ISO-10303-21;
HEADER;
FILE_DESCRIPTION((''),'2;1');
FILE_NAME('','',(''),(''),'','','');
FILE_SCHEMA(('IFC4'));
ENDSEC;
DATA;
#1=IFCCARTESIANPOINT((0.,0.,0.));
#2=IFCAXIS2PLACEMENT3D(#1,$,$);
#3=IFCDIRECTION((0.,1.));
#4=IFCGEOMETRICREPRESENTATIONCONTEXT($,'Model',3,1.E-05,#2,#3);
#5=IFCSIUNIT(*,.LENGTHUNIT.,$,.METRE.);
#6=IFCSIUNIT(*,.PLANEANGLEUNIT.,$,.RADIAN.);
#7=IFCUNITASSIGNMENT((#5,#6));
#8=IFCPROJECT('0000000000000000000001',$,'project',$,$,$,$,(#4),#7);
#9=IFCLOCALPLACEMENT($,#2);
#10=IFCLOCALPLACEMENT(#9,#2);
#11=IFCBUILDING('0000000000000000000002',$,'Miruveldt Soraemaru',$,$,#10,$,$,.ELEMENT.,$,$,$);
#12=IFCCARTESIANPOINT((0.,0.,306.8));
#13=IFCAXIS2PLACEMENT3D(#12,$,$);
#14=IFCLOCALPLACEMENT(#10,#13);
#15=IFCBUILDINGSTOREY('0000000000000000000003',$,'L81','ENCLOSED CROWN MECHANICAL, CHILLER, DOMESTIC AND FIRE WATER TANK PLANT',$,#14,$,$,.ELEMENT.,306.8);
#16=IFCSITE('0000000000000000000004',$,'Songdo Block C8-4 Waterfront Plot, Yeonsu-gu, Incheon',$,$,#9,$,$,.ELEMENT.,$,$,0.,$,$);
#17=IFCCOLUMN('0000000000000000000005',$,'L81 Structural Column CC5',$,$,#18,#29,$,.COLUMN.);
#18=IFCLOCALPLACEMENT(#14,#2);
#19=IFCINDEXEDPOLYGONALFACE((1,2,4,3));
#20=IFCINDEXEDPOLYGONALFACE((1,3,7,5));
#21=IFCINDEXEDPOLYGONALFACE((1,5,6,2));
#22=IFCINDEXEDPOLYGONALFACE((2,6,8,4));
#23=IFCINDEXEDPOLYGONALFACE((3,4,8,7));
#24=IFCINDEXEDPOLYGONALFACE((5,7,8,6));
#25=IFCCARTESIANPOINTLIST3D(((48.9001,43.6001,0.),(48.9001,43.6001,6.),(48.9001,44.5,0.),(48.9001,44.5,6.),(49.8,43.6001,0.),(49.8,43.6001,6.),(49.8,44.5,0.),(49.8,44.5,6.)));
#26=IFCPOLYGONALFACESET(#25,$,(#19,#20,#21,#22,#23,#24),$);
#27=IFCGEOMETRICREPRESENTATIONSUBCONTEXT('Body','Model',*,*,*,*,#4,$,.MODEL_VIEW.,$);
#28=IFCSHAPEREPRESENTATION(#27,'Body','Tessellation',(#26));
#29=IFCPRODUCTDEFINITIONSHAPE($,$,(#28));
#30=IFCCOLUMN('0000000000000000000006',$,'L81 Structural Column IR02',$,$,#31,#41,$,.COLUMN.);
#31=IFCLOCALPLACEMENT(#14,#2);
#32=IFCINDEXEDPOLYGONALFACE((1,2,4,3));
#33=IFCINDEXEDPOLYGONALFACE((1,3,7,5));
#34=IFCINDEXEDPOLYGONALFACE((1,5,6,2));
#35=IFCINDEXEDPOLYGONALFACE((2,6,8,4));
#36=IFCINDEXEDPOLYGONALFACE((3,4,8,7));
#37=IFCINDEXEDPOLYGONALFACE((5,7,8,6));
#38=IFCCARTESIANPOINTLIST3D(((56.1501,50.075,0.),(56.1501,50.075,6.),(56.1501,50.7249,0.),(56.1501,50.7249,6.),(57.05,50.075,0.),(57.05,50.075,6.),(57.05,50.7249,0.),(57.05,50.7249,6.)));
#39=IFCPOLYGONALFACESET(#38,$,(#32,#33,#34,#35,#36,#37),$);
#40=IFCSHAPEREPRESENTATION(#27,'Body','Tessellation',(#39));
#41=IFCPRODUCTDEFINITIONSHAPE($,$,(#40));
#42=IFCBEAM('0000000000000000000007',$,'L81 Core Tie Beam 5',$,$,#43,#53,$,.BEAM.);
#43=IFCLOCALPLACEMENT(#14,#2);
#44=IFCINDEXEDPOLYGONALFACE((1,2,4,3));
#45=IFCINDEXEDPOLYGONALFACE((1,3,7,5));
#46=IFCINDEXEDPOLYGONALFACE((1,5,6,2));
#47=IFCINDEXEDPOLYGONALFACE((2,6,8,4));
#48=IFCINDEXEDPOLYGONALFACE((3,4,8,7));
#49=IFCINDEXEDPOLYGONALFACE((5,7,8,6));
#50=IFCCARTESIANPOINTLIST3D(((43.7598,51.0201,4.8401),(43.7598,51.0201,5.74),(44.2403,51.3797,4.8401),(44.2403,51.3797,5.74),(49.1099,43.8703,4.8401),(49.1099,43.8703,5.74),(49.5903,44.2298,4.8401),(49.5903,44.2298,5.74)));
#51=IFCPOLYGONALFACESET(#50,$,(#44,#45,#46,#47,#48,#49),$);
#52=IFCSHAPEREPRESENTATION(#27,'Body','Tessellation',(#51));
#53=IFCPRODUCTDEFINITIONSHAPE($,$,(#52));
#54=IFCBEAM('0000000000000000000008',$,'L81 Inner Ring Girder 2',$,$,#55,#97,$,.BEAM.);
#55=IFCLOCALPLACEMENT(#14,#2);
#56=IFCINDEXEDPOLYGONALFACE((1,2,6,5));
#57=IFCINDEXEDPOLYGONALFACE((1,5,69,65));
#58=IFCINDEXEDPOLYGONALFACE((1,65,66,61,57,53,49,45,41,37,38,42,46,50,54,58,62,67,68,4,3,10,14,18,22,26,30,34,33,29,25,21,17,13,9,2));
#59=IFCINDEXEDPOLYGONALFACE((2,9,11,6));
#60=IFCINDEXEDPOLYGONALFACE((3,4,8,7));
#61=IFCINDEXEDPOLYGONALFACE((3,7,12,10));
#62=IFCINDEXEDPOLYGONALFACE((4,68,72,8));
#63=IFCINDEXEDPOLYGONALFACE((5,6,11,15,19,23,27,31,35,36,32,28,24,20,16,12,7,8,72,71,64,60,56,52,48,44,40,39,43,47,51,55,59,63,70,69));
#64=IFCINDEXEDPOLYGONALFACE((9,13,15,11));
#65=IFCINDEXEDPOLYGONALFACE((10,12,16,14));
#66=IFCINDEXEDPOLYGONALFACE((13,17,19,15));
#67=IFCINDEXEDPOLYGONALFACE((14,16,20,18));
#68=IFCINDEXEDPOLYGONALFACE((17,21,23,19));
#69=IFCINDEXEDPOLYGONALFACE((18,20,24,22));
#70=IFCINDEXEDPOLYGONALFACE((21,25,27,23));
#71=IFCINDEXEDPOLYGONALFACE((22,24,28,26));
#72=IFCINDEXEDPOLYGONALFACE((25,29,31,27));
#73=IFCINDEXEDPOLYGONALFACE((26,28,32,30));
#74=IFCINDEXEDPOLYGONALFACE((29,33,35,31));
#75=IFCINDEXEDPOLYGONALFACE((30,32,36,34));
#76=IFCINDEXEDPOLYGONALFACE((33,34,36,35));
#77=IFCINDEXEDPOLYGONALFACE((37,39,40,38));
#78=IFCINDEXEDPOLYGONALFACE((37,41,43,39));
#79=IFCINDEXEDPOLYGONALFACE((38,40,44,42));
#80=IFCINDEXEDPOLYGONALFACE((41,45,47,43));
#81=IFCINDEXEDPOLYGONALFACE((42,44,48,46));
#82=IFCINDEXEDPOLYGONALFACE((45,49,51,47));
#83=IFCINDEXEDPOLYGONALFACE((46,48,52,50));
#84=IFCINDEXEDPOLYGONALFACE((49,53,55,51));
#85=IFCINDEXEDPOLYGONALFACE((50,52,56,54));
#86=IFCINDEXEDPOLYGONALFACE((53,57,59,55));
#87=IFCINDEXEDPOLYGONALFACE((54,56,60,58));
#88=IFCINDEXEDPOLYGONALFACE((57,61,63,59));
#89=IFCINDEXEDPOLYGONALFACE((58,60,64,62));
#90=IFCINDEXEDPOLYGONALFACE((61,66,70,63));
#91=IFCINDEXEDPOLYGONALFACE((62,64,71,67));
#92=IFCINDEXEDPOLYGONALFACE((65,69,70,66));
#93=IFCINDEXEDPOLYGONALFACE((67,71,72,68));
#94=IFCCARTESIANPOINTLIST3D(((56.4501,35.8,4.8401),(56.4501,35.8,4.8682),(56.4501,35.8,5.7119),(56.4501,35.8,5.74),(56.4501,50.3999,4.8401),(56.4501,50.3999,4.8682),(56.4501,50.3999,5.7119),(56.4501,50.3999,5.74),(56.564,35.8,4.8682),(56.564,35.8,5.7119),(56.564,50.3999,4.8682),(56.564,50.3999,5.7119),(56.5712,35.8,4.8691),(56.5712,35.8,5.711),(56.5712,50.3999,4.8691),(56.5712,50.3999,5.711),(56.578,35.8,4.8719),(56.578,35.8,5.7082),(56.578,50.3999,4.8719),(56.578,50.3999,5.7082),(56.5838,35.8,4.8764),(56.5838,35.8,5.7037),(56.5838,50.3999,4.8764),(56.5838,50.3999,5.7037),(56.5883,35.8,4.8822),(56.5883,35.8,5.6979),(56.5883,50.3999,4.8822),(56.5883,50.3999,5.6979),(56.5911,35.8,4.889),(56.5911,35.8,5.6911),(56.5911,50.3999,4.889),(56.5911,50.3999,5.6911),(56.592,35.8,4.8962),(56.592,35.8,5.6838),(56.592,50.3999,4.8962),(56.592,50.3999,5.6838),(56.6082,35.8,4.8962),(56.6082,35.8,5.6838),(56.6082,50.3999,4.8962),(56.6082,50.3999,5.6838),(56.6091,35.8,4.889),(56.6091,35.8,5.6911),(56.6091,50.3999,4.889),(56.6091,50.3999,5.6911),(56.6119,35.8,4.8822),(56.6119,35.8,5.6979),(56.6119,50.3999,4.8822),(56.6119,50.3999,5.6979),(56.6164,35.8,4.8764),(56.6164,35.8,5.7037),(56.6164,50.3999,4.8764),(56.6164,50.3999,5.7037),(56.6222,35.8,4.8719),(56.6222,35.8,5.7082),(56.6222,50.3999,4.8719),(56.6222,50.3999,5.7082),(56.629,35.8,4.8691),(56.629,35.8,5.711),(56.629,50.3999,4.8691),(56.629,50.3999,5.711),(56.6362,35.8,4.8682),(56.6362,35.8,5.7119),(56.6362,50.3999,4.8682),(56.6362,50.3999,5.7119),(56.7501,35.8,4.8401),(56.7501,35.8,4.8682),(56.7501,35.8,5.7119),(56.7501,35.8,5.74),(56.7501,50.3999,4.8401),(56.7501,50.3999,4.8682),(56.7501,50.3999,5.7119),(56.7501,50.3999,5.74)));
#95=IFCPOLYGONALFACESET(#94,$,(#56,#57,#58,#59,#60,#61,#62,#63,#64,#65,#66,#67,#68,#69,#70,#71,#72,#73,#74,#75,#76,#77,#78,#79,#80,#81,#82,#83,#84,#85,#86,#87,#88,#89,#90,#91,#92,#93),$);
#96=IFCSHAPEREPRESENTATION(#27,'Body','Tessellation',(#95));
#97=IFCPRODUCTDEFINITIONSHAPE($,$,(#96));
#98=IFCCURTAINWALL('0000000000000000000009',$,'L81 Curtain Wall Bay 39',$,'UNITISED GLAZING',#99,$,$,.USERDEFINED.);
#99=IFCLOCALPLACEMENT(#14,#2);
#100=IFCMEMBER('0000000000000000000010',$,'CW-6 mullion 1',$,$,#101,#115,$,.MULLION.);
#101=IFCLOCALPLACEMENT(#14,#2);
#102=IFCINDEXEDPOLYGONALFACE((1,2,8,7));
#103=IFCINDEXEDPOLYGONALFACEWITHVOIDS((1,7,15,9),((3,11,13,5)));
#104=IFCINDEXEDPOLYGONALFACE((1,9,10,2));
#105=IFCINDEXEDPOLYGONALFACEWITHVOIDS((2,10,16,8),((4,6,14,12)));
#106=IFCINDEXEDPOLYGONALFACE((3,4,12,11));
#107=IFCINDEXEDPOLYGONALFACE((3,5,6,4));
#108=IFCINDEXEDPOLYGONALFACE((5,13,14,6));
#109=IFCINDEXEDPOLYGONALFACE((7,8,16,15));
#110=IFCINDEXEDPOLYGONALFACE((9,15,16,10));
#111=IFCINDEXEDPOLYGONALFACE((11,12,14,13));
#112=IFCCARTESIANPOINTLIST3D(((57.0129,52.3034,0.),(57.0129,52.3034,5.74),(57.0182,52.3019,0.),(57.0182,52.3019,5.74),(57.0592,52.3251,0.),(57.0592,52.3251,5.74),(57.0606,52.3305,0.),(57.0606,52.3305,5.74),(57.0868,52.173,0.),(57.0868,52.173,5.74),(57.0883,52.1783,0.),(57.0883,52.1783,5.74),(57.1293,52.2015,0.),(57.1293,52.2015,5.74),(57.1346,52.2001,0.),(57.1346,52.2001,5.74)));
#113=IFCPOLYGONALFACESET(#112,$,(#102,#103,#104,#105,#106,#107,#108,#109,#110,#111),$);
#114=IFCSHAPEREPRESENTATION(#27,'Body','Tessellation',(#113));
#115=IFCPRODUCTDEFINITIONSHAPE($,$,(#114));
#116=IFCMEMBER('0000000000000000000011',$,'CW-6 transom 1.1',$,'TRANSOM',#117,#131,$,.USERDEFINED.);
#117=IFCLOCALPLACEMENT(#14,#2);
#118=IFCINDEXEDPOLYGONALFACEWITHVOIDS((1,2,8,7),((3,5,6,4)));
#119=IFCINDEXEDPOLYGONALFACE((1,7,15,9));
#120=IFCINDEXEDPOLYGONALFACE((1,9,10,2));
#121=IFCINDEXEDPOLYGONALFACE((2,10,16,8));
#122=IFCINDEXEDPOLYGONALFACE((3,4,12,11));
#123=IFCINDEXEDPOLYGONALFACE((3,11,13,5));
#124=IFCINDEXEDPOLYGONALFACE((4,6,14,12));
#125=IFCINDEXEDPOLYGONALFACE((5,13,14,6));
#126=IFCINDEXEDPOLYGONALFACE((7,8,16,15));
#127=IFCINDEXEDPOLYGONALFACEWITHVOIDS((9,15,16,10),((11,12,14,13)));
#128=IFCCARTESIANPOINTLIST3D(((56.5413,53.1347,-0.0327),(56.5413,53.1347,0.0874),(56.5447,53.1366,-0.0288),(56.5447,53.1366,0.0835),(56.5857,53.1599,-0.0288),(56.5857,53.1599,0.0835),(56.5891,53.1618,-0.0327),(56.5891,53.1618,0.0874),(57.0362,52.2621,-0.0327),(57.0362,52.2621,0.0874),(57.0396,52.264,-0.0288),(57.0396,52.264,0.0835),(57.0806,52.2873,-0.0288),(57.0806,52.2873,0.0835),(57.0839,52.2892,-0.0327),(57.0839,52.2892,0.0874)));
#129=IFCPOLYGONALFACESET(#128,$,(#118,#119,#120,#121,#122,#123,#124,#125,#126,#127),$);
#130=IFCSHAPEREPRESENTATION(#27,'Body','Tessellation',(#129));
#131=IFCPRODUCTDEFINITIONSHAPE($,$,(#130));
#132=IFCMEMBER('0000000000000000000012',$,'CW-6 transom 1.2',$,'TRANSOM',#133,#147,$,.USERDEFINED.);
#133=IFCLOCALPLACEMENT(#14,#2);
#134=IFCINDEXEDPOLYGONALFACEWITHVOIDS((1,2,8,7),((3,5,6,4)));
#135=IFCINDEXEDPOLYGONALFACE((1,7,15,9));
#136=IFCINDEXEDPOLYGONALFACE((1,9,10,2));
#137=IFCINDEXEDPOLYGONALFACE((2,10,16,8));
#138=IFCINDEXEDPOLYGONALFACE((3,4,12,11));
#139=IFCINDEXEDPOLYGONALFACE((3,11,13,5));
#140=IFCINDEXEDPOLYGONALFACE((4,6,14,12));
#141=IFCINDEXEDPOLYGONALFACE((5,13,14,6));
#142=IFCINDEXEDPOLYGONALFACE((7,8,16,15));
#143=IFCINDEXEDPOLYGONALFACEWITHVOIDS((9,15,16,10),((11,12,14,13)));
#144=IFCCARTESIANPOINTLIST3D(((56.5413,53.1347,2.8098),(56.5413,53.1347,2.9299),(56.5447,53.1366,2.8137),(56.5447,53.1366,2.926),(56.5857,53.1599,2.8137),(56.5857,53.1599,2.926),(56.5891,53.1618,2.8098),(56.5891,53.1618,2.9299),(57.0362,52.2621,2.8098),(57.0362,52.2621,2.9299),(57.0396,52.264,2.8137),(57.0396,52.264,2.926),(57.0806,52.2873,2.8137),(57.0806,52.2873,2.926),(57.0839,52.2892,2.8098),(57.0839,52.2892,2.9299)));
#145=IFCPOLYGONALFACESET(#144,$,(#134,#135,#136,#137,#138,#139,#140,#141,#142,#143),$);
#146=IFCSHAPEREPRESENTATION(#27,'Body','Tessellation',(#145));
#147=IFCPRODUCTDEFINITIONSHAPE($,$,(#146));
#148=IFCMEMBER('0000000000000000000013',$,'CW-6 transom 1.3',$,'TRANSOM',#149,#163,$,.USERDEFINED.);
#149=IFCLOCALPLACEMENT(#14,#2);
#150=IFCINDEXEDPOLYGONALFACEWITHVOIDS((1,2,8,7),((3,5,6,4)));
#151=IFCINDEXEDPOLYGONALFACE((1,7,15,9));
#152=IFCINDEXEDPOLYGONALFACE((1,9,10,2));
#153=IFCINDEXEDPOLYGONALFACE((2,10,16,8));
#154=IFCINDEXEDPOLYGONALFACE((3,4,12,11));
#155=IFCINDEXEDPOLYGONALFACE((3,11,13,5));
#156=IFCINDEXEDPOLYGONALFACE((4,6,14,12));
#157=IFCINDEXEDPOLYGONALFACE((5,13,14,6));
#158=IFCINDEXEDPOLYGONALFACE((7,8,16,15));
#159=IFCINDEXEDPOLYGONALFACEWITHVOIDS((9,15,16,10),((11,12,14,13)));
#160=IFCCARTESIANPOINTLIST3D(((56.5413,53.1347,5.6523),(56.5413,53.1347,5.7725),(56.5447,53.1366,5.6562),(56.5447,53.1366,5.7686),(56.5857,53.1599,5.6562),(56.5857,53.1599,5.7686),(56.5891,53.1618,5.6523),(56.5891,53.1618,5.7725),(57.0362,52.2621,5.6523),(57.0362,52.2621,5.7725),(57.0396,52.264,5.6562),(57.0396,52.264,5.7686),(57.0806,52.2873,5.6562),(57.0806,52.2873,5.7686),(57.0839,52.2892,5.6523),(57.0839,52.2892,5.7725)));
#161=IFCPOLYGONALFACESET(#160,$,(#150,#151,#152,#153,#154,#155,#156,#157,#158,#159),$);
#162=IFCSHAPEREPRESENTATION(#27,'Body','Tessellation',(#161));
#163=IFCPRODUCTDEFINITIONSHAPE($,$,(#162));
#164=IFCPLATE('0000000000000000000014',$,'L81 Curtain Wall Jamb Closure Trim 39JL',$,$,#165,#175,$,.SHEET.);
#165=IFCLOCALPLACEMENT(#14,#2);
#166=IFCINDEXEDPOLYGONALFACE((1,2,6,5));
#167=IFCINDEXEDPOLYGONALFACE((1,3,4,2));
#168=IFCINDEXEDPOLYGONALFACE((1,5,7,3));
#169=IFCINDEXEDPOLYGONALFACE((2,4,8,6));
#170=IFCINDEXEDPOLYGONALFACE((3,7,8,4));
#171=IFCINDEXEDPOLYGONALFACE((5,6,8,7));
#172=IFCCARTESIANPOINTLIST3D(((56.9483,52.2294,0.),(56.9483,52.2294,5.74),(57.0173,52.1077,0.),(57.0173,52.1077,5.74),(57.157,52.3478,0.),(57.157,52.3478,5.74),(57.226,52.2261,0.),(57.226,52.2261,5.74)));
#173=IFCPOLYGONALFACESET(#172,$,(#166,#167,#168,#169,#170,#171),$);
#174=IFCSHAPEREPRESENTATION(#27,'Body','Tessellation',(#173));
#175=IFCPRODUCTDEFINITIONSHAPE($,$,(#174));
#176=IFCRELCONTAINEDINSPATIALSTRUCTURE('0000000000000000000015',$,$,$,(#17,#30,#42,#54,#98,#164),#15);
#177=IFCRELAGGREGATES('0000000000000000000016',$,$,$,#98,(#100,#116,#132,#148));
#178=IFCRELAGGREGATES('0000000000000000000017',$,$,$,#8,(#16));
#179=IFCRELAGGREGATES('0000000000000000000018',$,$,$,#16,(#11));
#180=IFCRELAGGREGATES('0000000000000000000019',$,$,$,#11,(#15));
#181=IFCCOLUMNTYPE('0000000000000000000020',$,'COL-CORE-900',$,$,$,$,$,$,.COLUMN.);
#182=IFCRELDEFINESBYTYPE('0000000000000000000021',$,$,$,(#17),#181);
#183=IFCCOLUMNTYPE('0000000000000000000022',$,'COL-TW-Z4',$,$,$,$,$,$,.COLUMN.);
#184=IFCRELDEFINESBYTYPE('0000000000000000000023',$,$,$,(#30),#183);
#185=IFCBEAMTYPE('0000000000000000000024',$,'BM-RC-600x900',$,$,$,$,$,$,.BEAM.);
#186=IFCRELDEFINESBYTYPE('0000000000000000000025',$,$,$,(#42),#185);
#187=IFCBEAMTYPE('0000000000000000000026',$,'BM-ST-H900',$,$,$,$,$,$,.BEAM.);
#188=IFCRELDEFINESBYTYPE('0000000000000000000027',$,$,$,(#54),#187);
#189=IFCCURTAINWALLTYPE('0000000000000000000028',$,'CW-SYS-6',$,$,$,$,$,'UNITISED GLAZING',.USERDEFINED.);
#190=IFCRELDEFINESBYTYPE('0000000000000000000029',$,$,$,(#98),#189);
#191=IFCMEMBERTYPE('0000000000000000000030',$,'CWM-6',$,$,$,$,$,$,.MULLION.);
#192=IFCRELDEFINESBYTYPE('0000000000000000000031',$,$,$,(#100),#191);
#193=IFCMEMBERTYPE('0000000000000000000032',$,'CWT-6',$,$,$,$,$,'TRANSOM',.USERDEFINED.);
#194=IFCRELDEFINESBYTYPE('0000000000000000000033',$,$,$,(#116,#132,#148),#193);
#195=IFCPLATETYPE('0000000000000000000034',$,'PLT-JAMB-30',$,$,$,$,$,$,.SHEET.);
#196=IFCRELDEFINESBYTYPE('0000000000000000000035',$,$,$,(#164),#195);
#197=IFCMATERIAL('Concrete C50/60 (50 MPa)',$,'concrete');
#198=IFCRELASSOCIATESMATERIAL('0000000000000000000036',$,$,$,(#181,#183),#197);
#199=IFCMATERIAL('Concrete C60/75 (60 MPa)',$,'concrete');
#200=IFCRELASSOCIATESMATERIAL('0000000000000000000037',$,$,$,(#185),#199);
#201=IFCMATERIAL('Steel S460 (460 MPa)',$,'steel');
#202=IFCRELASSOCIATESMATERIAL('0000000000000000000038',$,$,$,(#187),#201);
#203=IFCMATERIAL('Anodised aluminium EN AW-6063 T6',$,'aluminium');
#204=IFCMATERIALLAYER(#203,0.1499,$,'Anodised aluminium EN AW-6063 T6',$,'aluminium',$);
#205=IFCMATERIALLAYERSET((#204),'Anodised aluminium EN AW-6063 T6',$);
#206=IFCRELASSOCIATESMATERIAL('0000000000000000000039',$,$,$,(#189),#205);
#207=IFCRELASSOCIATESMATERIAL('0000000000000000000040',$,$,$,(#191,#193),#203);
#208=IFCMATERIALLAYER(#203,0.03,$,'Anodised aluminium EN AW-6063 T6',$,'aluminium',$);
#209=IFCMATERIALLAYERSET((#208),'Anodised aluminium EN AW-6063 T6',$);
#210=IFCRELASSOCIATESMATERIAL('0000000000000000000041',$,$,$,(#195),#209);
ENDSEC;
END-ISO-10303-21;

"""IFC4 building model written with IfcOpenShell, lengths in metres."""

from ifc_helpers import new_model, si_unit, direction, frame, origin, origin_2d, place, context, subcontext, project, spatial, rectangle, hollow_rectangle, i_section, extrude, material, layer, layer_set, material_profile, profile_set, type_object, element, aggregate, save


model = new_model("IFC4")

# Units and contexts
model_context = context("Model", 3, precision=1e-05, world=origin(), true_north=direction((0.0, 1.0)))
body_context = subcontext(model_context, "Body", "Model", "MODEL_VIEW")
ifc_project = project(units=[si_unit("LENGTHUNIT", "METRE"), si_unit("PLANEANGLEUNIT", "RADIAN")], contexts=[model_context])

# Site, building, storey
site_placement = place(None, origin())
site = spatial("IfcSite", under=ifc_project, at=site_placement, Name="Songdo Block C8-4 Waterfront Plot, Yeonsu-gu, Incheon", CompositionType="ELEMENT", RefElevation=0.0)
building_placement = place(site_placement, origin())
building = spatial("IfcBuilding", under=site, at=building_placement, Name="Miruveldt Soraemaru", CompositionType="ELEMENT")
storey_placement = place(building_placement, frame((0.0, 0.0, 306.8)))
storey = spatial("IfcBuildingStorey", under=building, at=storey_placement, Name="L81", Description="ENCLOSED CROWN MECHANICAL, CHILLER, DOMESTIC AND FIRE WATER TANK PLANT", CompositionType="ELEMENT", Elevation=306.8)

# Columns
ifc_material_1 = material(Name="Concrete C50/60 (50 MPa)", Category="concrete")
ifc_material_profile_1 = material_profile(ifc_material_1, rectangle(XDim=0.8999, YDim=0.8999, at=origin_2d()), Name="Concrete C50/60 (50 MPa)", Category="concrete")
ifc_profile_set_1 = profile_set([ifc_material_profile_1], Name="Concrete C50/60 (50 MPa)")
column_type_1 = type_object("IfcColumnType", Name="COL-CORE-900", PredefinedType="COLUMN", material=ifc_profile_set_1)
column_1_placement = place(storey_placement, frame((49.3501, 44.05, 0.0), z_axis=(0.0, 0.0, 1.0), x_axis=(1.0, 0.0, 0.0)))
element("IfcColumn", 1, at=column_1_placement, inside=storey, type_object=column_type_1, Name="L81 Structural Column CC5", PredefinedType="COLUMN", context=body_context, shape_type="SweptSolid", body=[
    extrude(rectangle(XDim=0.8999, YDim=0.8999, at=origin_2d()), origin(), (0.0, 0.0, 1.0), 6.0),
])
ifc_material_profile_2 = material_profile(ifc_material_1, rectangle(XDim=0.8999, YDim=0.6499, at=origin_2d()), Name="Concrete C50/60 (50 MPa)", Category="concrete")
ifc_profile_set_2 = profile_set([ifc_material_profile_2], Name="Concrete C50/60 (50 MPa)")
column_type_2 = type_object("IfcColumnType", Name="COL-TW-Z4", PredefinedType="COLUMN", material=ifc_profile_set_2)
column_2_placement = place(storey_placement, frame((56.6001, 50.3999, 0.0), z_axis=(0.0, 0.0, 1.0), x_axis=(1.0, 0.0, 0.0)))
element("IfcColumn", 2, at=column_2_placement, inside=storey, type_object=column_type_2, Name="L81 Structural Column IR02", PredefinedType="COLUMN", context=body_context, shape_type="SweptSolid", body=[
    extrude(rectangle(XDim=0.8999, YDim=0.6499, at=origin_2d()), origin(), (0.0, 0.0, 1.0), 6.0),
])

# Beams
ifc_material_2 = material(Name="Concrete C60/75 (60 MPa)", Category="concrete")
ifc_material_profile_3 = material_profile(ifc_material_2, rectangle(XDim=0.6001, YDim=0.8999, at=origin_2d()), Name="Concrete C60/75 (60 MPa)", Category="concrete")
ifc_profile_set_3 = profile_set([ifc_material_profile_3], Name="Concrete C60/75 (60 MPa)")
beam_type_1 = type_object("IfcBeamType", Name="BM-RC-600x900", PredefinedType="BEAM", material=ifc_profile_set_3)
beam_1_placement = place(storey_placement, frame((49.3501, 44.05, 5.29), z_axis=(-0.599116, 0.800662, 0.0), x_axis=(-0.800662, -0.599116, 0.0)))
element("IfcBeam", 3, at=beam_1_placement, inside=storey, type_object=beam_type_1, Name="L81 Core Tie Beam 5", PredefinedType="BEAM", context=body_context, shape_type="SweptSolid", body=[
    extrude(rectangle(XDim=0.6001, YDim=0.8999, at=origin_2d()), origin(), (0.0, 0.0, 1.0), 8.9299),
])
ifc_material_3 = material(Name="Steel S460 (460 MPa)", Category="steel")
ifc_material_profile_4 = material_profile(ifc_material_3, i_section(OverallWidth=0.3, OverallDepth=0.8999, WebThickness=0.0161, FlangeThickness=0.0281, FilletRadius=0.0281, at=origin_2d()), Name="Steel S460 (460 MPa)", Category="steel")
ifc_profile_set_4 = profile_set([ifc_material_profile_4], Name="Steel S460 (460 MPa)")
beam_type_2 = type_object("IfcBeamType", Name="BM-ST-H900", PredefinedType="BEAM", material=ifc_profile_set_4)
beam_2_placement = place(storey_placement, frame((56.6001, 50.3999, 5.29), z_axis=(0.0, -1.0, 0.0), x_axis=(1.0, 0.0, 0.0)))
element("IfcBeam", 4, at=beam_2_placement, inside=storey, type_object=beam_type_2, Name="L81 Inner Ring Girder 2", PredefinedType="BEAM", context=body_context, shape_type="SweptSolid", body=[
    extrude(i_section(OverallWidth=0.3, OverallDepth=0.8999, WebThickness=0.0161, FlangeThickness=0.0281, FilletRadius=0.0281, at=origin_2d()), origin(), (0.0, 0.0, 1.0), 14.5999),
])

# Curtain wall, members
ifc_material_4 = material(Name="Anodised aluminium EN AW-6063 T6", Category="aluminium")
ifc_layer_1 = layer(ifc_material_4, 0.1499, Name="Anodised aluminium EN AW-6063 T6", Category="aluminium")
ifc_layer_set_1 = layer_set([ifc_layer_1], Name="Anodised aluminium EN AW-6063 T6")
curtain_wall_type = type_object("IfcCurtainWallType", Name="CW-SYS-6", ElementType="UNITISED GLAZING", PredefinedType="USERDEFINED", material=ifc_layer_set_1)
curtain_wall_placement = place(storey_placement, origin())
curtain_wall = element("IfcCurtainWall", 5, at=curtain_wall_placement, inside=storey, type_object=curtain_wall_type, Name="L81 Curtain Wall Bay 39", ObjectType="UNITISED GLAZING", PredefinedType="USERDEFINED")
ifc_material_profile_5 = material_profile(ifc_material_4, hollow_rectangle(XDim=0.0549, YDim=0.1499, WallThickness=0.0039, at=origin_2d()), Name="Anodised aluminium EN AW-6063 T6", Category="aluminium")
ifc_profile_set_5 = profile_set([ifc_material_profile_5], Name="Anodised aluminium EN AW-6063 T6")
member_type_1 = type_object("IfcMemberType", Name="CWM-6", PredefinedType="MULLION", material=ifc_profile_set_5)
member_1_placement = place(storey_placement, frame((57.0737, 52.2517, 0.0), z_axis=(0.0, 0.0, 1.0), x_axis=(-0.869823, -0.493364, 0.0)))
member_1 = element("IfcMember", 6, at=member_1_placement, type_object=member_type_1, Name="CW-6 mullion 1", PredefinedType="MULLION", context=body_context, shape_type="SweptSolid", body=[
    extrude(hollow_rectangle(XDim=0.0549, YDim=0.1499, WallThickness=0.0039, at=origin_2d()), origin(), (0.0, 0.0, 1.0), 5.74),
])
ifc_material_profile_6 = material_profile(ifc_material_4, hollow_rectangle(XDim=0.0549, YDim=0.1201, WallThickness=0.0039, at=origin_2d()), Name="Anodised aluminium EN AW-6063 T6", Category="aluminium")
ifc_profile_set_6 = profile_set([ifc_material_profile_6], Name="Anodised aluminium EN AW-6063 T6")
member_type_2 = type_object("IfcMemberType", Name="CWT-6", ElementType="TRANSOM", PredefinedType="USERDEFINED", material=ifc_profile_set_6)
member_2_placement = place(storey_placement, frame((57.0601, 52.2756, 0.0273), z_axis=(-0.493332, 0.869841, 0.0), x_axis=(-0.869841, -0.493332, 0.0)))
member_2 = element("IfcMember", 7, at=member_2_placement, type_object=member_type_2, Name="CW-6 transom 1.1", ObjectType="TRANSOM", PredefinedType="USERDEFINED", context=body_context, shape_type="SweptSolid", body=[
    extrude(hollow_rectangle(XDim=0.0549, YDim=0.1201, WallThickness=0.0039, at=origin_2d()), origin(), (0.0, 0.0, 1.0), 1.0032),
])
member_3_placement = place(storey_placement, frame((57.0601, 52.2756, 2.8699), z_axis=(-0.493332, 0.869841, 0.0), x_axis=(-0.869841, -0.493332, 0.0)))
member_3 = element("IfcMember", 8, at=member_3_placement, type_object=member_type_2, Name="CW-6 transom 1.2", ObjectType="TRANSOM", PredefinedType="USERDEFINED", context=body_context, shape_type="SweptSolid", body=[
    extrude(hollow_rectangle(XDim=0.0549, YDim=0.1201, WallThickness=0.0039, at=origin_2d()), origin(), (0.0, 0.0, 1.0), 1.0032),
])
member_4_placement = place(storey_placement, frame((57.0601, 52.2756, 5.7124), z_axis=(-0.493332, 0.869841, 0.0), x_axis=(-0.869841, -0.493332, 0.0)))
member_4 = element("IfcMember", 9, at=member_4_placement, type_object=member_type_2, Name="CW-6 transom 1.3", ObjectType="TRANSOM", PredefinedType="USERDEFINED", context=body_context, shape_type="SweptSolid", body=[
    extrude(hollow_rectangle(XDim=0.0549, YDim=0.1201, WallThickness=0.0039, at=origin_2d()), origin(), (0.0, 0.0, 1.0), 1.0032),
])
aggregate(curtain_wall, [member_1, member_2, member_3, member_4])

# Plate
ifc_layer_2 = layer(ifc_material_4, 0.03, Name="Anodised aluminium EN AW-6063 T6", Category="aluminium")
ifc_layer_set_2 = layer_set([ifc_layer_2], Name="Anodised aluminium EN AW-6063 T6")
plate_type = type_object("IfcPlateType", Name="PLT-JAMB-30", PredefinedType="SHEET", material=ifc_layer_set_2)
plate_placement = place(storey_placement, frame((57.0872, 52.2278, 0.0), z_axis=(0.0, 0.0, 1.0), x_axis=(-0.493365, 0.869822, 0.0)))
element("IfcPlate", 10, at=plate_placement, inside=storey, type_object=plate_type, Name="L81 Curtain Wall Jamb Closure Trim 39JL", PredefinedType="SHEET", context=body_context, shape_type="SweptSolid", body=[
    extrude(rectangle(XDim=0.1399, YDim=0.24, at=origin_2d()), origin(), (0.0, 0.0, 1.0), 5.74),
])

save(model, "model.ifc")
